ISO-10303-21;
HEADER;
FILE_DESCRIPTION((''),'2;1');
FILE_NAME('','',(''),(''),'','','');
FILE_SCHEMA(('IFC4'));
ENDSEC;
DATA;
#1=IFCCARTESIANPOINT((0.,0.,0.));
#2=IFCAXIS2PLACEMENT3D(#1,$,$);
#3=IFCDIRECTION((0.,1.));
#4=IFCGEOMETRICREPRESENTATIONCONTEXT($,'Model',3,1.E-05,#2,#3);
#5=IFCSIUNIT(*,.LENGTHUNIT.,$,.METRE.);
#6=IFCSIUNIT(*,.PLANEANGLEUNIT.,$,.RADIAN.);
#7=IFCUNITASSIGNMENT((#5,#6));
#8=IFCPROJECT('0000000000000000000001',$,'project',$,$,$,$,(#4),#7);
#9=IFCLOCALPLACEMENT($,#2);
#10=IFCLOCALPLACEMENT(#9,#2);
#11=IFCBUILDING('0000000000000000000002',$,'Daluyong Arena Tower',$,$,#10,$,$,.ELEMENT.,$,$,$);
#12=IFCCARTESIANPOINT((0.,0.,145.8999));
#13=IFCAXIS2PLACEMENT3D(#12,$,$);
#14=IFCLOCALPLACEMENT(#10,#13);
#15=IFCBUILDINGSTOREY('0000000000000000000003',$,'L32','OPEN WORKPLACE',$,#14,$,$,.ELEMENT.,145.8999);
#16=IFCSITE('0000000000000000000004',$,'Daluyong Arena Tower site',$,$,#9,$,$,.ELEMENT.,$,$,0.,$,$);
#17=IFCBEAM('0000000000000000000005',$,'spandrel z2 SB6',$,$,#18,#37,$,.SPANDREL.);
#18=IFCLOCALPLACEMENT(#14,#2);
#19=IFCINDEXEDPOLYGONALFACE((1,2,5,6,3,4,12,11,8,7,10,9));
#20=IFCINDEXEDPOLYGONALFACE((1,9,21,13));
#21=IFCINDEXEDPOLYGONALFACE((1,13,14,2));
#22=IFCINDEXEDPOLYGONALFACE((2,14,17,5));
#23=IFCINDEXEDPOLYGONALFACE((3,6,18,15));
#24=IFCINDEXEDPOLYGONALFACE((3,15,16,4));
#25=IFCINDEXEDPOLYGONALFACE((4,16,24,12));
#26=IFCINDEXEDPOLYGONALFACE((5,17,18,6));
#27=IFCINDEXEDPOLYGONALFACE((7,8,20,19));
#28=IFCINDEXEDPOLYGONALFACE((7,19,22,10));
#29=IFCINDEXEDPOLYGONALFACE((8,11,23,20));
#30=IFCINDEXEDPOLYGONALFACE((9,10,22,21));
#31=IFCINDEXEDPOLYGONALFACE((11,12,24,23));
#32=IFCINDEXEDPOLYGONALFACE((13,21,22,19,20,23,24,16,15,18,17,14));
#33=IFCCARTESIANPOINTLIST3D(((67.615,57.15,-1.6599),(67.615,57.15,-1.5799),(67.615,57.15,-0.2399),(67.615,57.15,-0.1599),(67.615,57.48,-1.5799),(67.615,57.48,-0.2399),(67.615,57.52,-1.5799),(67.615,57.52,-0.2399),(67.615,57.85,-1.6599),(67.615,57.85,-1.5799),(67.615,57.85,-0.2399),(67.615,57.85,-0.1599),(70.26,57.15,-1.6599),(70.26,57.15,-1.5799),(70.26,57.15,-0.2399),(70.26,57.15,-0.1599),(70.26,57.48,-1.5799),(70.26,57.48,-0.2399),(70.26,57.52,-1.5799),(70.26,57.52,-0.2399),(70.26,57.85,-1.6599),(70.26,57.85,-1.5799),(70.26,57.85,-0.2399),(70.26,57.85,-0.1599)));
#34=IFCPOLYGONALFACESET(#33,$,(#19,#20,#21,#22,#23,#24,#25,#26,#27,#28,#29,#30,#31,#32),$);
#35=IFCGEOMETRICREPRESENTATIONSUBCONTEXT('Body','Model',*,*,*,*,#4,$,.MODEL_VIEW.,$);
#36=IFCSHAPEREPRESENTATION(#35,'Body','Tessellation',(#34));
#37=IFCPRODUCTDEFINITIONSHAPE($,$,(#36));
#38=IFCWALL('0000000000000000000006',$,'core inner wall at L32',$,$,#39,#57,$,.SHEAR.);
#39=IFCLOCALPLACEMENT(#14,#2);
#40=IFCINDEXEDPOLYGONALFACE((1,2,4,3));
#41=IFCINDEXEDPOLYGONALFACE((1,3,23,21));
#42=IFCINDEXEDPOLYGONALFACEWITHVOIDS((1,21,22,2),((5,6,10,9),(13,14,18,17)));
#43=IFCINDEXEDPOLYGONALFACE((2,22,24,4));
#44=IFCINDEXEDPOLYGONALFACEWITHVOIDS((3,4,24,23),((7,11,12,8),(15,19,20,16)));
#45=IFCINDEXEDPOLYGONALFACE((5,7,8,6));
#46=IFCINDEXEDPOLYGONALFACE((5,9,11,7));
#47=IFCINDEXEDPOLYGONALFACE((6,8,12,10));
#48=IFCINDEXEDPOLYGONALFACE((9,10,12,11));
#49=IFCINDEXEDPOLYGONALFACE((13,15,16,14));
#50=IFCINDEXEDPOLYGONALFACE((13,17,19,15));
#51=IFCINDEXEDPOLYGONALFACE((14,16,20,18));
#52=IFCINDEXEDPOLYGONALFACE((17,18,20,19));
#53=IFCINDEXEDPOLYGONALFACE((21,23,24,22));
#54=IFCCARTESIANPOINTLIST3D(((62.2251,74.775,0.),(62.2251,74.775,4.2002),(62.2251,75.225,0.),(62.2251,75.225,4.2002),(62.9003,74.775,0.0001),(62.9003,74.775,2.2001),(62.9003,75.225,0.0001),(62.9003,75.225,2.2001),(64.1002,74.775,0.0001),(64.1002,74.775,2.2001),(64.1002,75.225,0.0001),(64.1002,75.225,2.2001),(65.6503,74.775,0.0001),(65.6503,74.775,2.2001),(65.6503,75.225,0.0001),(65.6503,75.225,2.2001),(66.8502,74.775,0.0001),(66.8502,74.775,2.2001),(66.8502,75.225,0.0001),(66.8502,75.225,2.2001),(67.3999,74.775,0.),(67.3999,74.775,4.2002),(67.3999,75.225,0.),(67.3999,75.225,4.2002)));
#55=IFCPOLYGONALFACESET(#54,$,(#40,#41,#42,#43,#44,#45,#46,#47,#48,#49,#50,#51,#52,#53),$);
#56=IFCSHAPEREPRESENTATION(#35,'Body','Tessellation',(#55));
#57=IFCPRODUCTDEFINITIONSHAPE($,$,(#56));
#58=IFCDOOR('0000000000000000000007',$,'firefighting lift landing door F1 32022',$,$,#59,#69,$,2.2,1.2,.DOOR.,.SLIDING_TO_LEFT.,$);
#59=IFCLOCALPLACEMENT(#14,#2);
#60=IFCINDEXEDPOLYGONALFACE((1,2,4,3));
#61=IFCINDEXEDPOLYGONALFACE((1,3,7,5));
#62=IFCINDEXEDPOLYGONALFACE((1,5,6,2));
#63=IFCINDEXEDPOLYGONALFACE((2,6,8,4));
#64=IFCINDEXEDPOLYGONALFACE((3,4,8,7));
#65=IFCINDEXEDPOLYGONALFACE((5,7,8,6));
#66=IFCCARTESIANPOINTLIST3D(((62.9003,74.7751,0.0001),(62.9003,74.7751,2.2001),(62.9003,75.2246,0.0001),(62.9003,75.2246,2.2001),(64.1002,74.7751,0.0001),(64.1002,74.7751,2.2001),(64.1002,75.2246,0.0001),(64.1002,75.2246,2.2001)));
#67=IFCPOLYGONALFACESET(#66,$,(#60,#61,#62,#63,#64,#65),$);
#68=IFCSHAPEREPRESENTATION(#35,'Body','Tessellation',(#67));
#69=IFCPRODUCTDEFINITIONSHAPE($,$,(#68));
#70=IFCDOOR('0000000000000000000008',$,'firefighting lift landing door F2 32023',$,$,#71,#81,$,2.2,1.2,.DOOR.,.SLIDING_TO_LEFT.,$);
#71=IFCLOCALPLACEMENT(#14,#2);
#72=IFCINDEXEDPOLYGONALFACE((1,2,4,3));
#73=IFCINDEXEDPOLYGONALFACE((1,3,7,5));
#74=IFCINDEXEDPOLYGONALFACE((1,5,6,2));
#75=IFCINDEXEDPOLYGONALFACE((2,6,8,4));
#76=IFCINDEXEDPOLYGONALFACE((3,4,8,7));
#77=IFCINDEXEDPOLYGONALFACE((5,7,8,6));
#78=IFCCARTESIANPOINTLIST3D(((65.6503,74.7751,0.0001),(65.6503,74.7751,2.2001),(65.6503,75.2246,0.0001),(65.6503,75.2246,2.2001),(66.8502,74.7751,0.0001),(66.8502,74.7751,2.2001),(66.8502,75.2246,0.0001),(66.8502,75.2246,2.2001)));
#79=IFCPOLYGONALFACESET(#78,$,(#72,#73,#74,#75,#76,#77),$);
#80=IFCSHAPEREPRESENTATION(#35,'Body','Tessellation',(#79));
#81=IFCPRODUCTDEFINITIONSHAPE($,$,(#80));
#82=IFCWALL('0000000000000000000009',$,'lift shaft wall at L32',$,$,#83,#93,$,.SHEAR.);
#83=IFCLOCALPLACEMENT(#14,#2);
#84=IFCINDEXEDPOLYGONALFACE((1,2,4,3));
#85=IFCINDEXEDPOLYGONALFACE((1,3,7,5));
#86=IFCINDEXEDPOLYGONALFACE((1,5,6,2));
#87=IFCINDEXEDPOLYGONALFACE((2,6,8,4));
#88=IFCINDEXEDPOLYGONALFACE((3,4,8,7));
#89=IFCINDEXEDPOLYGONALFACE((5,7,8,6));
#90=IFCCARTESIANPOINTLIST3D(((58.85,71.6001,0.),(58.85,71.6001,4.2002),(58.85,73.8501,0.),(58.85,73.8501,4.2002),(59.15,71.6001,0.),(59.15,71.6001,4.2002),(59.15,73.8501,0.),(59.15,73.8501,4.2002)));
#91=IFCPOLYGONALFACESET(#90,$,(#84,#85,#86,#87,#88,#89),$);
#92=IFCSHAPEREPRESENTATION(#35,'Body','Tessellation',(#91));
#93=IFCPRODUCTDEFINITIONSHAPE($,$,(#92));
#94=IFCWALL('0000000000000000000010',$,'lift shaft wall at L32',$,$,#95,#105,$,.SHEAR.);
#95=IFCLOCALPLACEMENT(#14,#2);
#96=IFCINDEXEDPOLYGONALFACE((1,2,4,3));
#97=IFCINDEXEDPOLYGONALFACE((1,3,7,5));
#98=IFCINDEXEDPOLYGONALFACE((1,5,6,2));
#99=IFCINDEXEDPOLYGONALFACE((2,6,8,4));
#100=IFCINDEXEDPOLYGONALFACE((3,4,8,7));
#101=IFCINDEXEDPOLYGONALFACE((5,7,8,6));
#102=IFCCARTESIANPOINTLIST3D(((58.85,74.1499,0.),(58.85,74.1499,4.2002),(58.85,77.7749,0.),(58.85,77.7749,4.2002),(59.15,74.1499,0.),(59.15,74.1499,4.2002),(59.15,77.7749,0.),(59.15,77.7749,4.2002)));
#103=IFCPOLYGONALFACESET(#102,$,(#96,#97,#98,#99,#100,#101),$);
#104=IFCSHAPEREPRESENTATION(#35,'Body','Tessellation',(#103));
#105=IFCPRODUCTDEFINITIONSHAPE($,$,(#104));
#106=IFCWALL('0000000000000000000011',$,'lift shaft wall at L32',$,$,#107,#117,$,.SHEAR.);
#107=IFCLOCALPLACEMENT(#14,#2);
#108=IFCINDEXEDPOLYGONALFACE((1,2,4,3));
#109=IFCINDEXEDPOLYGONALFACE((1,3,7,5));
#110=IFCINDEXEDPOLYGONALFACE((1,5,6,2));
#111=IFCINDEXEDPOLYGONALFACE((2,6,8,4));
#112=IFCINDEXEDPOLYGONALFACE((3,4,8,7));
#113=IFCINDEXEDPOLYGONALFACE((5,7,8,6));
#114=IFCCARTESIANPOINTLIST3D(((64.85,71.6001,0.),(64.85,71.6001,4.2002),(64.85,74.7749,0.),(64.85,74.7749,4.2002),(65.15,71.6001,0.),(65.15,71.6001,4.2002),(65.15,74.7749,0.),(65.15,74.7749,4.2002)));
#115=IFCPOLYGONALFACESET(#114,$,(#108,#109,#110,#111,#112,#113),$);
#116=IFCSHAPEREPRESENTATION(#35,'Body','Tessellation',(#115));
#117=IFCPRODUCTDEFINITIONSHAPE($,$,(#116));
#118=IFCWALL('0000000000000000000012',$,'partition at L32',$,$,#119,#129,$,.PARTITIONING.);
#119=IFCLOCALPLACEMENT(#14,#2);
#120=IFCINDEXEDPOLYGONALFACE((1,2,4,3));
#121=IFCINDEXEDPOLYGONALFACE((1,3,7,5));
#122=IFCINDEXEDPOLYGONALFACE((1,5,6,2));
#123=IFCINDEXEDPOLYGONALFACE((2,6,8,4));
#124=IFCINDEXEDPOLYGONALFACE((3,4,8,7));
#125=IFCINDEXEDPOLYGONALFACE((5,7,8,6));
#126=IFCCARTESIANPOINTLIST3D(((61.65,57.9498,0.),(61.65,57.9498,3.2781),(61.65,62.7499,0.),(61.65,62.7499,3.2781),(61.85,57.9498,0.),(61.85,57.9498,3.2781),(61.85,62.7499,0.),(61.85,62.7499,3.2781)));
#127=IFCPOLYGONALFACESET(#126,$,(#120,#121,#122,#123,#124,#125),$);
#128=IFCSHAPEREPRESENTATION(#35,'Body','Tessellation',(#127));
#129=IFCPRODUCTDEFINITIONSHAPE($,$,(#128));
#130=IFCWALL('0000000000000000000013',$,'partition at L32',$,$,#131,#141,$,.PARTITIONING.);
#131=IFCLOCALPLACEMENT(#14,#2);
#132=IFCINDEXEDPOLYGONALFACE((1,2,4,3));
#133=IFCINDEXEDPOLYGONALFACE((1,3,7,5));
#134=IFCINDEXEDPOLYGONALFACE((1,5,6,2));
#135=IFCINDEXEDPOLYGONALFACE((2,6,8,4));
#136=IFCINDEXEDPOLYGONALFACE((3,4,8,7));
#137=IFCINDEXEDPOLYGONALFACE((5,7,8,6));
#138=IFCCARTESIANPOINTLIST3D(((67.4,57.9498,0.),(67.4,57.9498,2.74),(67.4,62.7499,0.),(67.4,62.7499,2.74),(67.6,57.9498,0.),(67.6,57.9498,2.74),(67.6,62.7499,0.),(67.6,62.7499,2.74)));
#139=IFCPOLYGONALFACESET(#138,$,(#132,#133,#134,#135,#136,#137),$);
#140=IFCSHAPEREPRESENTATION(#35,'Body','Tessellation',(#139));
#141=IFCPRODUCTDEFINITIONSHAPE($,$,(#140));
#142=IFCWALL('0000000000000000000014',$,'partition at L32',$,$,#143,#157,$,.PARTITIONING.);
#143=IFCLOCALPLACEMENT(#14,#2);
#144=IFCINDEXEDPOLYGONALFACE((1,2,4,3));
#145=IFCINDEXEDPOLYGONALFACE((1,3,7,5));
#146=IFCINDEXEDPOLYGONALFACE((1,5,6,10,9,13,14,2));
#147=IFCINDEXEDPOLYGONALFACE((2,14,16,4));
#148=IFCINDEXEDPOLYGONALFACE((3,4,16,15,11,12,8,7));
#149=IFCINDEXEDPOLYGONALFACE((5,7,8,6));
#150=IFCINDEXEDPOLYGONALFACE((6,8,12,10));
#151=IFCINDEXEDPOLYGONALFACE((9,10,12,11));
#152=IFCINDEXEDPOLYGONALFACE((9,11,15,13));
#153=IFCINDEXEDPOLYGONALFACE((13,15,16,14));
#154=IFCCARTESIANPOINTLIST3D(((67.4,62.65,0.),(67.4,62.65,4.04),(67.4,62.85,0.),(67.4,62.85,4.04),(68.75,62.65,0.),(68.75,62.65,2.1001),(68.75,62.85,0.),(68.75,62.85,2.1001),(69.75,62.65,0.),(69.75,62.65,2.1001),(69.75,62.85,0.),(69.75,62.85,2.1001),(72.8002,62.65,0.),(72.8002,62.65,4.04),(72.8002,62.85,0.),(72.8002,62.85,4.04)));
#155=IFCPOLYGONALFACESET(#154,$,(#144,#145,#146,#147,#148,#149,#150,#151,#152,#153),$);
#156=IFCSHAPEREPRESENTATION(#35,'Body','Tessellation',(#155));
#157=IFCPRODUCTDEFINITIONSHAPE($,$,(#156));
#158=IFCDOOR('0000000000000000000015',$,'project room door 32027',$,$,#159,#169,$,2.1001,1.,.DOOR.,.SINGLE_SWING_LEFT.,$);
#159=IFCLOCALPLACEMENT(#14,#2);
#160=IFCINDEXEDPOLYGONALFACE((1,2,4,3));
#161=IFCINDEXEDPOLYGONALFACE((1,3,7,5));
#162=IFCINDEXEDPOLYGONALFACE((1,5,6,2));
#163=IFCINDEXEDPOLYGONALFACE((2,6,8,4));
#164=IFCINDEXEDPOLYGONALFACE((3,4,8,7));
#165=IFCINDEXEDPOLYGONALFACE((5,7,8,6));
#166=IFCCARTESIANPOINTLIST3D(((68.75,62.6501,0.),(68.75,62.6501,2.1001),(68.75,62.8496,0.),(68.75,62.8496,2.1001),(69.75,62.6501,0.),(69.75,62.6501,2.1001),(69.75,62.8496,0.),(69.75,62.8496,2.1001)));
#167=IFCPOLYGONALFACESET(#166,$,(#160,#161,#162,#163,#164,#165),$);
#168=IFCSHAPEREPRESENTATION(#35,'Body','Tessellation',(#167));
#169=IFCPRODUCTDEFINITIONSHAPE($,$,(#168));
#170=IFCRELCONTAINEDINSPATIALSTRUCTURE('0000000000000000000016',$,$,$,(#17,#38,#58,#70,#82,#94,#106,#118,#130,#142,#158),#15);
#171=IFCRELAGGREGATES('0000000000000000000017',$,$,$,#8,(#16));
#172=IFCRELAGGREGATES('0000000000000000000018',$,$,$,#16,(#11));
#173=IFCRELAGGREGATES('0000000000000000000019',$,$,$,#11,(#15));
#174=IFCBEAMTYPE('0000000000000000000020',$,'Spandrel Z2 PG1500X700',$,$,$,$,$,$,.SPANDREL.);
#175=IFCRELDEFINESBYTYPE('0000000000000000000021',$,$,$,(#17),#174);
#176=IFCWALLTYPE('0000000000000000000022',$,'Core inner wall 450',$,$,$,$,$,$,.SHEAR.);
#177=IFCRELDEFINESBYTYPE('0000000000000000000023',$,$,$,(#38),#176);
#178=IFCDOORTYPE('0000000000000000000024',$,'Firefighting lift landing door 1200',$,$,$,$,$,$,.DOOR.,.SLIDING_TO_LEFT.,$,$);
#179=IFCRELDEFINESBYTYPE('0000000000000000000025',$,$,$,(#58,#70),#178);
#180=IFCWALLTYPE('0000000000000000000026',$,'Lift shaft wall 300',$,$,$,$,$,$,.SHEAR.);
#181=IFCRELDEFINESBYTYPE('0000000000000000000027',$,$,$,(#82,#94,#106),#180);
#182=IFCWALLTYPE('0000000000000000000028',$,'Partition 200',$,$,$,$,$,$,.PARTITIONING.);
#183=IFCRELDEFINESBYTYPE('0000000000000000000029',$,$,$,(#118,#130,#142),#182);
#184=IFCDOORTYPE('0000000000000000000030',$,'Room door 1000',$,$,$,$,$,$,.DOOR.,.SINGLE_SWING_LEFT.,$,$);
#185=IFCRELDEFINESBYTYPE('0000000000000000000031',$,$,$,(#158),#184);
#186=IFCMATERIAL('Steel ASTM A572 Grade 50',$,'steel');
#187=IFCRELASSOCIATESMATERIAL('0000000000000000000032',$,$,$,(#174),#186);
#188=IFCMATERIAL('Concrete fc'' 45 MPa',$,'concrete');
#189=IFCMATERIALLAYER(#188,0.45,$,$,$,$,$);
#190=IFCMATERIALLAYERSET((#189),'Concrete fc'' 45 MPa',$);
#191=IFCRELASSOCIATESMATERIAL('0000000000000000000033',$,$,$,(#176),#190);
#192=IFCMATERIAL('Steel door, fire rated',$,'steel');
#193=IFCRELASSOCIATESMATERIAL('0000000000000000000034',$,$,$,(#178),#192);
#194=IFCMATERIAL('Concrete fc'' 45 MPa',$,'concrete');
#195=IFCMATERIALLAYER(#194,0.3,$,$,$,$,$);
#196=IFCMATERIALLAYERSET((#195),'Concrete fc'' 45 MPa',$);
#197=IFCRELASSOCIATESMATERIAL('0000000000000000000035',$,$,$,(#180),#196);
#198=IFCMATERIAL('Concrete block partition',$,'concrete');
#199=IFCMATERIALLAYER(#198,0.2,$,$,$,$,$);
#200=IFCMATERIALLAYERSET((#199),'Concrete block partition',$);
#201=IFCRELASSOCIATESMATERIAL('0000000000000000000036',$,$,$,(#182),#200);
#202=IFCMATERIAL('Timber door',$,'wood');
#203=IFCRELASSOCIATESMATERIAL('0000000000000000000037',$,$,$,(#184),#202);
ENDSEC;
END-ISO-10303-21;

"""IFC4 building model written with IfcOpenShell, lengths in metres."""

from ifc_helpers import new_model, si_unit, direction, frame, frame_2d, origin, origin_2d, place, context, subcontext, project, spatial, rectangle, i_section, extrude, material, layer, layer_set, material_profile, profile_set, type_object, element, fill, save


model = new_model("IFC4")

# Units and contexts
model_context = context("Model", 3, precision=1e-05, world=origin(), true_north=direction((0.0, 1.0)))
body_context = subcontext(model_context, "Body", "Model", "MODEL_VIEW")
ifc_project = project(units=[si_unit("LENGTHUNIT", "METRE"), si_unit("PLANEANGLEUNIT", "RADIAN")], contexts=[model_context])

# Site, building, storey
site_placement = place(None, origin())
site = spatial("IfcSite", under=ifc_project, at=site_placement, Name="Daluyong Arena Tower site", CompositionType="ELEMENT", RefElevation=0.0)
building_placement = place(site_placement, origin())
building = spatial("IfcBuilding", under=site, at=building_placement, Name="Daluyong Arena Tower", CompositionType="ELEMENT")
storey_placement = place(building_placement, frame((0.0, 0.0, 145.8999)))
storey = spatial("IfcBuildingStorey", under=building, at=storey_placement, Name="L32", Description="OPEN WORKPLACE", CompositionType="ELEMENT", Elevation=145.8999)

# Beam
ifc_material_1 = material(Name="Steel ASTM A572 Grade 50", Category="steel")
ifc_material_profile_1 = material_profile(ifc_material_1, i_section(OverallWidth=0.7, OverallDepth=1.5, WebThickness=0.04, FlangeThickness=0.08, at=origin_2d()))
ifc_profile_set_1 = profile_set([ifc_material_profile_1], Name="Steel ASTM A572 Grade 50")
beam_type_1 = type_object("IfcBeamType", Name="Spandrel Z2 PG1500X700", PredefinedType="SPANDREL", material=ifc_profile_set_1)
for number, where, z_axis, x_axis, name in (
    (1, (67.615, 57.5, -0.9099), (1.0, 0.0, 0.0), (0.0, 1.0, 0.0), "spandrel z2 SB6"),
):
    element("IfcBeam", number, at=place(storey_placement, frame(where, z_axis=z_axis, x_axis=x_axis)), inside=storey, type_object=beam_type_1, Name=name, PredefinedType="SPANDREL", context=body_context, shape_type="SweptSolid", body=[
        extrude(i_section(OverallWidth=0.7, OverallDepth=1.5, WebThickness=0.04, FlangeThickness=0.08, at=origin_2d()), origin(), (0.0, 0.0, 1.0), 2.645),
    ])

# Shared definitions
ifc_material_2 = material(Name="Concrete fc' 45 MPa", Category="concrete")
ifc_layer_1 = layer(ifc_material_2, 0.45)
ifc_layer_set_1 = layer_set([ifc_layer_1], Name="Concrete fc' 45 MPa")
wall_type_1 = type_object("IfcWallType", Name="Core inner wall 450", PredefinedType="SHEAR", material=ifc_layer_set_1)

# Wall, openings, doors
wall_1_placement = place(storey_placement, frame((62.2251, 75.0, 0.0), z_axis=(0.0, 0.0, 1.0), x_axis=(1.0, 0.0, 0.0)))
wall_1 = element("IfcWall", 2, at=wall_1_placement, inside=storey, type_object=wall_type_1, Name="core inner wall at L32", PredefinedType="SHEAR", context=body_context, shape_type="SweptSolid", body=[
    extrude(rectangle(XDim=5.1748, YDim=0.45, at=frame_2d((2.5874, 0.0))), origin(), (0.0, 0.0, 1.0), 4.2002),
])
opening_1_placement = place(wall_1_placement, frame((0.675, 0.0, 0.0)))
opening_1 = element("IfcOpeningElement", 3, at=opening_1_placement, cuts=wall_1, PredefinedType="OPENING", context=body_context, shape_type="SweptSolid", body=[
    extrude(rectangle(XDim=1.2, YDim=2.2, at=frame_2d((0.6001, 1.1001))), frame((0.0, 0.2349, 0.0), z_axis=(0.0, -1.0, 0.0), x_axis=(1.0, 0.0, 0.0)), (0.0, 0.0, 1.0), 0.47),
])
opening_2_placement = place(wall_1_placement, frame((3.425, 0.0, 0.0)))
opening_2 = element("IfcOpeningElement", 4, at=opening_2_placement, cuts=wall_1, PredefinedType="OPENING", context=body_context, shape_type="SweptSolid", body=[
    extrude(rectangle(XDim=1.2, YDim=2.2, at=frame_2d((0.6001, 1.1001))), frame((0.0, 0.2349, 0.0), z_axis=(0.0, -1.0, 0.0), x_axis=(1.0, 0.0, 0.0)), (0.0, 0.0, 1.0), 0.47),
])
ifc_material_3 = material(Name="Steel door, fire rated", Category="steel")
door_type_1 = type_object("IfcDoorType", Name="Firefighting lift landing door 1200", OperationType="SLIDING_TO_LEFT", PredefinedType="DOOR", material=ifc_material_3)
door_1_placement = place(opening_1_placement, origin())
door_1 = element("IfcDoor", 5, at=door_1_placement, inside=storey, type_object=door_type_1, Name="firefighting lift landing door F1 32022", OperationType="SLIDING_TO_LEFT", OverallHeight=2.2, OverallWidth=1.2, PredefinedType="DOOR", context=body_context, shape_type="SweptSolid", body=[
    extrude(rectangle(XDim=1.2, YDim=2.2, at=frame_2d((0.6001, 1.1001))), frame((0.0, 0.2246, 0.0), z_axis=(0.0, -1.0, 0.0), x_axis=(1.0, 0.0, 0.0)), (0.0, 0.0, 1.0), 0.4495),
])
fill(opening_1, door_1)
door_2_placement = place(opening_2_placement, origin())
door_2 = element("IfcDoor", 6, at=door_2_placement, inside=storey, type_object=door_type_1, Name="firefighting lift landing door F2 32023", OperationType="SLIDING_TO_LEFT", OverallHeight=2.2, OverallWidth=1.2, PredefinedType="DOOR", context=body_context, shape_type="SweptSolid", body=[
    extrude(rectangle(XDim=1.2, YDim=2.2, at=frame_2d((0.6001, 1.1001))), frame((0.0, 0.2246, 0.0), z_axis=(0.0, -1.0, 0.0), x_axis=(1.0, 0.0, 0.0)), (0.0, 0.0, 1.0), 0.4495),
])
fill(opening_2, door_2)

# Walls
ifc_material_4 = material(Name="Concrete fc' 45 MPa", Category="concrete")
ifc_layer_2 = layer(ifc_material_4, 0.3)
ifc_layer_set_2 = layer_set([ifc_layer_2], Name="Concrete fc' 45 MPa")
wall_type_2 = type_object("IfcWallType", Name="Lift shaft wall 300", PredefinedType="SHEAR", material=ifc_layer_set_2)
wall_2_placement = place(storey_placement, frame((59.0, 71.6001, 0.0), z_axis=(0.0, 0.0, 1.0), x_axis=(0.0, 1.0, 0.0)))
element("IfcWall", 7, at=wall_2_placement, inside=storey, type_object=wall_type_2, Name="lift shaft wall at L32", PredefinedType="SHEAR", context=body_context, shape_type="SweptSolid", body=[
    extrude(rectangle(XDim=2.25, YDim=0.3, at=frame_2d((1.125, 0.0))), origin(), (0.0, 0.0, 1.0), 4.2002),
])
wall_3_placement = place(storey_placement, frame((59.0, 74.1499, 0.0), z_axis=(0.0, 0.0, 1.0), x_axis=(0.0, 1.0, 0.0)))
element("IfcWall", 8, at=wall_3_placement, inside=storey, type_object=wall_type_2, Name="lift shaft wall at L32", PredefinedType="SHEAR", context=body_context, shape_type="SweptSolid", body=[
    extrude(rectangle(XDim=3.625, YDim=0.3, at=frame_2d((1.8125, 0.0))), origin(), (0.0, 0.0, 1.0), 4.2002),
])
wall_4_placement = place(storey_placement, frame((65.0, 71.6001, 0.0), z_axis=(0.0, 0.0, 1.0), x_axis=(0.0, 1.0, 0.0)))
element("IfcWall", 9, at=wall_4_placement, inside=storey, type_object=wall_type_2, Name="lift shaft wall at L32", PredefinedType="SHEAR", context=body_context, shape_type="SweptSolid", body=[
    extrude(rectangle(XDim=3.1748, YDim=0.3, at=frame_2d((1.5874, 0.0))), origin(), (0.0, 0.0, 1.0), 4.2002),
])
ifc_material_5 = material(Name="Concrete block partition", Category="concrete")
ifc_layer_3 = layer(ifc_material_5, 0.2)
ifc_layer_set_3 = layer_set([ifc_layer_3], Name="Concrete block partition")
wall_type_3 = type_object("IfcWallType", Name="Partition 200", PredefinedType="PARTITIONING", material=ifc_layer_set_3)
wall_5_placement = place(storey_placement, frame((61.75, 57.95, 0.0), z_axis=(0.0, 0.0, 1.0), x_axis=(0.0, 1.0, 0.0)))
element("IfcWall", 10, at=wall_5_placement, inside=storey, type_object=wall_type_3, Name="partition at L32", PredefinedType="PARTITIONING", context=body_context, shape_type="SweptSolid", body=[
    extrude(rectangle(XDim=4.8, YDim=0.2, at=frame_2d((2.3999, 0.0))), origin(), (0.0, 0.0, 1.0), 3.2781),
])
wall_6_placement = place(storey_placement, frame((67.5, 57.95, 0.0), z_axis=(0.0, 0.0, 1.0), x_axis=(0.0, 1.0, 0.0)))
element("IfcWall", 11, at=wall_6_placement, inside=storey, type_object=wall_type_3, Name="partition at L32", PredefinedType="PARTITIONING", context=body_context, shape_type="SweptSolid", body=[
    extrude(rectangle(XDim=4.8, YDim=0.2, at=frame_2d((2.3999, 0.0))), origin(), (0.0, 0.0, 1.0), 2.74),
])

# Wall, opening, door
wall_7_placement = place(storey_placement, frame((67.3999, 62.75, 0.0), z_axis=(0.0, 0.0, 1.0), x_axis=(1.0, 0.0, 0.0)))
wall_7 = element("IfcWall", 12, at=wall_7_placement, inside=storey, type_object=wall_type_3, Name="partition at L32", PredefinedType="PARTITIONING", context=body_context, shape_type="SweptSolid", body=[
    extrude(rectangle(XDim=5.4001, YDim=0.2, at=frame_2d((2.7002, 0.0))), origin(), (0.0, 0.0, 1.0), 4.04),
])
opening_3_placement = place(wall_7_placement, frame((1.3501, 0.0, 0.0)))
opening_3 = element("IfcOpeningElement", 13, at=opening_3_placement, cuts=wall_7, PredefinedType="OPENING", context=body_context, shape_type="SweptSolid", body=[
    extrude(rectangle(XDim=1.0, YDim=2.1001, at=frame_2d((0.5, 1.05))), frame((0.0, 0.1099, 0.0), z_axis=(0.0, -1.0, 0.0), x_axis=(1.0, 0.0, 0.0)), (0.0, 0.0, 1.0), 0.22),
])
ifc_material_6 = material(Name="Timber door", Category="wood")
door_type_2 = type_object("IfcDoorType", Name="Room door 1000", OperationType="SINGLE_SWING_LEFT", PredefinedType="DOOR", material=ifc_material_6)
door_3_placement = place(opening_3_placement, origin())
door_3 = element("IfcDoor", 14, at=door_3_placement, inside=storey, type_object=door_type_2, Name="project room door 32027", OperationType="SINGLE_SWING_LEFT", OverallHeight=2.1001, OverallWidth=1.0, PredefinedType="DOOR", context=body_context, shape_type="SweptSolid", body=[
    extrude(rectangle(XDim=1.0, YDim=2.1001, at=frame_2d((0.5, 1.05))), frame((0.0, 0.0996, 0.0), z_axis=(0.0, -1.0, 0.0), x_axis=(1.0, 0.0, 0.0)), (0.0, 0.0, 1.0), 0.1995),
])
fill(opening_3, door_3)

save(model, "model.ifc")
